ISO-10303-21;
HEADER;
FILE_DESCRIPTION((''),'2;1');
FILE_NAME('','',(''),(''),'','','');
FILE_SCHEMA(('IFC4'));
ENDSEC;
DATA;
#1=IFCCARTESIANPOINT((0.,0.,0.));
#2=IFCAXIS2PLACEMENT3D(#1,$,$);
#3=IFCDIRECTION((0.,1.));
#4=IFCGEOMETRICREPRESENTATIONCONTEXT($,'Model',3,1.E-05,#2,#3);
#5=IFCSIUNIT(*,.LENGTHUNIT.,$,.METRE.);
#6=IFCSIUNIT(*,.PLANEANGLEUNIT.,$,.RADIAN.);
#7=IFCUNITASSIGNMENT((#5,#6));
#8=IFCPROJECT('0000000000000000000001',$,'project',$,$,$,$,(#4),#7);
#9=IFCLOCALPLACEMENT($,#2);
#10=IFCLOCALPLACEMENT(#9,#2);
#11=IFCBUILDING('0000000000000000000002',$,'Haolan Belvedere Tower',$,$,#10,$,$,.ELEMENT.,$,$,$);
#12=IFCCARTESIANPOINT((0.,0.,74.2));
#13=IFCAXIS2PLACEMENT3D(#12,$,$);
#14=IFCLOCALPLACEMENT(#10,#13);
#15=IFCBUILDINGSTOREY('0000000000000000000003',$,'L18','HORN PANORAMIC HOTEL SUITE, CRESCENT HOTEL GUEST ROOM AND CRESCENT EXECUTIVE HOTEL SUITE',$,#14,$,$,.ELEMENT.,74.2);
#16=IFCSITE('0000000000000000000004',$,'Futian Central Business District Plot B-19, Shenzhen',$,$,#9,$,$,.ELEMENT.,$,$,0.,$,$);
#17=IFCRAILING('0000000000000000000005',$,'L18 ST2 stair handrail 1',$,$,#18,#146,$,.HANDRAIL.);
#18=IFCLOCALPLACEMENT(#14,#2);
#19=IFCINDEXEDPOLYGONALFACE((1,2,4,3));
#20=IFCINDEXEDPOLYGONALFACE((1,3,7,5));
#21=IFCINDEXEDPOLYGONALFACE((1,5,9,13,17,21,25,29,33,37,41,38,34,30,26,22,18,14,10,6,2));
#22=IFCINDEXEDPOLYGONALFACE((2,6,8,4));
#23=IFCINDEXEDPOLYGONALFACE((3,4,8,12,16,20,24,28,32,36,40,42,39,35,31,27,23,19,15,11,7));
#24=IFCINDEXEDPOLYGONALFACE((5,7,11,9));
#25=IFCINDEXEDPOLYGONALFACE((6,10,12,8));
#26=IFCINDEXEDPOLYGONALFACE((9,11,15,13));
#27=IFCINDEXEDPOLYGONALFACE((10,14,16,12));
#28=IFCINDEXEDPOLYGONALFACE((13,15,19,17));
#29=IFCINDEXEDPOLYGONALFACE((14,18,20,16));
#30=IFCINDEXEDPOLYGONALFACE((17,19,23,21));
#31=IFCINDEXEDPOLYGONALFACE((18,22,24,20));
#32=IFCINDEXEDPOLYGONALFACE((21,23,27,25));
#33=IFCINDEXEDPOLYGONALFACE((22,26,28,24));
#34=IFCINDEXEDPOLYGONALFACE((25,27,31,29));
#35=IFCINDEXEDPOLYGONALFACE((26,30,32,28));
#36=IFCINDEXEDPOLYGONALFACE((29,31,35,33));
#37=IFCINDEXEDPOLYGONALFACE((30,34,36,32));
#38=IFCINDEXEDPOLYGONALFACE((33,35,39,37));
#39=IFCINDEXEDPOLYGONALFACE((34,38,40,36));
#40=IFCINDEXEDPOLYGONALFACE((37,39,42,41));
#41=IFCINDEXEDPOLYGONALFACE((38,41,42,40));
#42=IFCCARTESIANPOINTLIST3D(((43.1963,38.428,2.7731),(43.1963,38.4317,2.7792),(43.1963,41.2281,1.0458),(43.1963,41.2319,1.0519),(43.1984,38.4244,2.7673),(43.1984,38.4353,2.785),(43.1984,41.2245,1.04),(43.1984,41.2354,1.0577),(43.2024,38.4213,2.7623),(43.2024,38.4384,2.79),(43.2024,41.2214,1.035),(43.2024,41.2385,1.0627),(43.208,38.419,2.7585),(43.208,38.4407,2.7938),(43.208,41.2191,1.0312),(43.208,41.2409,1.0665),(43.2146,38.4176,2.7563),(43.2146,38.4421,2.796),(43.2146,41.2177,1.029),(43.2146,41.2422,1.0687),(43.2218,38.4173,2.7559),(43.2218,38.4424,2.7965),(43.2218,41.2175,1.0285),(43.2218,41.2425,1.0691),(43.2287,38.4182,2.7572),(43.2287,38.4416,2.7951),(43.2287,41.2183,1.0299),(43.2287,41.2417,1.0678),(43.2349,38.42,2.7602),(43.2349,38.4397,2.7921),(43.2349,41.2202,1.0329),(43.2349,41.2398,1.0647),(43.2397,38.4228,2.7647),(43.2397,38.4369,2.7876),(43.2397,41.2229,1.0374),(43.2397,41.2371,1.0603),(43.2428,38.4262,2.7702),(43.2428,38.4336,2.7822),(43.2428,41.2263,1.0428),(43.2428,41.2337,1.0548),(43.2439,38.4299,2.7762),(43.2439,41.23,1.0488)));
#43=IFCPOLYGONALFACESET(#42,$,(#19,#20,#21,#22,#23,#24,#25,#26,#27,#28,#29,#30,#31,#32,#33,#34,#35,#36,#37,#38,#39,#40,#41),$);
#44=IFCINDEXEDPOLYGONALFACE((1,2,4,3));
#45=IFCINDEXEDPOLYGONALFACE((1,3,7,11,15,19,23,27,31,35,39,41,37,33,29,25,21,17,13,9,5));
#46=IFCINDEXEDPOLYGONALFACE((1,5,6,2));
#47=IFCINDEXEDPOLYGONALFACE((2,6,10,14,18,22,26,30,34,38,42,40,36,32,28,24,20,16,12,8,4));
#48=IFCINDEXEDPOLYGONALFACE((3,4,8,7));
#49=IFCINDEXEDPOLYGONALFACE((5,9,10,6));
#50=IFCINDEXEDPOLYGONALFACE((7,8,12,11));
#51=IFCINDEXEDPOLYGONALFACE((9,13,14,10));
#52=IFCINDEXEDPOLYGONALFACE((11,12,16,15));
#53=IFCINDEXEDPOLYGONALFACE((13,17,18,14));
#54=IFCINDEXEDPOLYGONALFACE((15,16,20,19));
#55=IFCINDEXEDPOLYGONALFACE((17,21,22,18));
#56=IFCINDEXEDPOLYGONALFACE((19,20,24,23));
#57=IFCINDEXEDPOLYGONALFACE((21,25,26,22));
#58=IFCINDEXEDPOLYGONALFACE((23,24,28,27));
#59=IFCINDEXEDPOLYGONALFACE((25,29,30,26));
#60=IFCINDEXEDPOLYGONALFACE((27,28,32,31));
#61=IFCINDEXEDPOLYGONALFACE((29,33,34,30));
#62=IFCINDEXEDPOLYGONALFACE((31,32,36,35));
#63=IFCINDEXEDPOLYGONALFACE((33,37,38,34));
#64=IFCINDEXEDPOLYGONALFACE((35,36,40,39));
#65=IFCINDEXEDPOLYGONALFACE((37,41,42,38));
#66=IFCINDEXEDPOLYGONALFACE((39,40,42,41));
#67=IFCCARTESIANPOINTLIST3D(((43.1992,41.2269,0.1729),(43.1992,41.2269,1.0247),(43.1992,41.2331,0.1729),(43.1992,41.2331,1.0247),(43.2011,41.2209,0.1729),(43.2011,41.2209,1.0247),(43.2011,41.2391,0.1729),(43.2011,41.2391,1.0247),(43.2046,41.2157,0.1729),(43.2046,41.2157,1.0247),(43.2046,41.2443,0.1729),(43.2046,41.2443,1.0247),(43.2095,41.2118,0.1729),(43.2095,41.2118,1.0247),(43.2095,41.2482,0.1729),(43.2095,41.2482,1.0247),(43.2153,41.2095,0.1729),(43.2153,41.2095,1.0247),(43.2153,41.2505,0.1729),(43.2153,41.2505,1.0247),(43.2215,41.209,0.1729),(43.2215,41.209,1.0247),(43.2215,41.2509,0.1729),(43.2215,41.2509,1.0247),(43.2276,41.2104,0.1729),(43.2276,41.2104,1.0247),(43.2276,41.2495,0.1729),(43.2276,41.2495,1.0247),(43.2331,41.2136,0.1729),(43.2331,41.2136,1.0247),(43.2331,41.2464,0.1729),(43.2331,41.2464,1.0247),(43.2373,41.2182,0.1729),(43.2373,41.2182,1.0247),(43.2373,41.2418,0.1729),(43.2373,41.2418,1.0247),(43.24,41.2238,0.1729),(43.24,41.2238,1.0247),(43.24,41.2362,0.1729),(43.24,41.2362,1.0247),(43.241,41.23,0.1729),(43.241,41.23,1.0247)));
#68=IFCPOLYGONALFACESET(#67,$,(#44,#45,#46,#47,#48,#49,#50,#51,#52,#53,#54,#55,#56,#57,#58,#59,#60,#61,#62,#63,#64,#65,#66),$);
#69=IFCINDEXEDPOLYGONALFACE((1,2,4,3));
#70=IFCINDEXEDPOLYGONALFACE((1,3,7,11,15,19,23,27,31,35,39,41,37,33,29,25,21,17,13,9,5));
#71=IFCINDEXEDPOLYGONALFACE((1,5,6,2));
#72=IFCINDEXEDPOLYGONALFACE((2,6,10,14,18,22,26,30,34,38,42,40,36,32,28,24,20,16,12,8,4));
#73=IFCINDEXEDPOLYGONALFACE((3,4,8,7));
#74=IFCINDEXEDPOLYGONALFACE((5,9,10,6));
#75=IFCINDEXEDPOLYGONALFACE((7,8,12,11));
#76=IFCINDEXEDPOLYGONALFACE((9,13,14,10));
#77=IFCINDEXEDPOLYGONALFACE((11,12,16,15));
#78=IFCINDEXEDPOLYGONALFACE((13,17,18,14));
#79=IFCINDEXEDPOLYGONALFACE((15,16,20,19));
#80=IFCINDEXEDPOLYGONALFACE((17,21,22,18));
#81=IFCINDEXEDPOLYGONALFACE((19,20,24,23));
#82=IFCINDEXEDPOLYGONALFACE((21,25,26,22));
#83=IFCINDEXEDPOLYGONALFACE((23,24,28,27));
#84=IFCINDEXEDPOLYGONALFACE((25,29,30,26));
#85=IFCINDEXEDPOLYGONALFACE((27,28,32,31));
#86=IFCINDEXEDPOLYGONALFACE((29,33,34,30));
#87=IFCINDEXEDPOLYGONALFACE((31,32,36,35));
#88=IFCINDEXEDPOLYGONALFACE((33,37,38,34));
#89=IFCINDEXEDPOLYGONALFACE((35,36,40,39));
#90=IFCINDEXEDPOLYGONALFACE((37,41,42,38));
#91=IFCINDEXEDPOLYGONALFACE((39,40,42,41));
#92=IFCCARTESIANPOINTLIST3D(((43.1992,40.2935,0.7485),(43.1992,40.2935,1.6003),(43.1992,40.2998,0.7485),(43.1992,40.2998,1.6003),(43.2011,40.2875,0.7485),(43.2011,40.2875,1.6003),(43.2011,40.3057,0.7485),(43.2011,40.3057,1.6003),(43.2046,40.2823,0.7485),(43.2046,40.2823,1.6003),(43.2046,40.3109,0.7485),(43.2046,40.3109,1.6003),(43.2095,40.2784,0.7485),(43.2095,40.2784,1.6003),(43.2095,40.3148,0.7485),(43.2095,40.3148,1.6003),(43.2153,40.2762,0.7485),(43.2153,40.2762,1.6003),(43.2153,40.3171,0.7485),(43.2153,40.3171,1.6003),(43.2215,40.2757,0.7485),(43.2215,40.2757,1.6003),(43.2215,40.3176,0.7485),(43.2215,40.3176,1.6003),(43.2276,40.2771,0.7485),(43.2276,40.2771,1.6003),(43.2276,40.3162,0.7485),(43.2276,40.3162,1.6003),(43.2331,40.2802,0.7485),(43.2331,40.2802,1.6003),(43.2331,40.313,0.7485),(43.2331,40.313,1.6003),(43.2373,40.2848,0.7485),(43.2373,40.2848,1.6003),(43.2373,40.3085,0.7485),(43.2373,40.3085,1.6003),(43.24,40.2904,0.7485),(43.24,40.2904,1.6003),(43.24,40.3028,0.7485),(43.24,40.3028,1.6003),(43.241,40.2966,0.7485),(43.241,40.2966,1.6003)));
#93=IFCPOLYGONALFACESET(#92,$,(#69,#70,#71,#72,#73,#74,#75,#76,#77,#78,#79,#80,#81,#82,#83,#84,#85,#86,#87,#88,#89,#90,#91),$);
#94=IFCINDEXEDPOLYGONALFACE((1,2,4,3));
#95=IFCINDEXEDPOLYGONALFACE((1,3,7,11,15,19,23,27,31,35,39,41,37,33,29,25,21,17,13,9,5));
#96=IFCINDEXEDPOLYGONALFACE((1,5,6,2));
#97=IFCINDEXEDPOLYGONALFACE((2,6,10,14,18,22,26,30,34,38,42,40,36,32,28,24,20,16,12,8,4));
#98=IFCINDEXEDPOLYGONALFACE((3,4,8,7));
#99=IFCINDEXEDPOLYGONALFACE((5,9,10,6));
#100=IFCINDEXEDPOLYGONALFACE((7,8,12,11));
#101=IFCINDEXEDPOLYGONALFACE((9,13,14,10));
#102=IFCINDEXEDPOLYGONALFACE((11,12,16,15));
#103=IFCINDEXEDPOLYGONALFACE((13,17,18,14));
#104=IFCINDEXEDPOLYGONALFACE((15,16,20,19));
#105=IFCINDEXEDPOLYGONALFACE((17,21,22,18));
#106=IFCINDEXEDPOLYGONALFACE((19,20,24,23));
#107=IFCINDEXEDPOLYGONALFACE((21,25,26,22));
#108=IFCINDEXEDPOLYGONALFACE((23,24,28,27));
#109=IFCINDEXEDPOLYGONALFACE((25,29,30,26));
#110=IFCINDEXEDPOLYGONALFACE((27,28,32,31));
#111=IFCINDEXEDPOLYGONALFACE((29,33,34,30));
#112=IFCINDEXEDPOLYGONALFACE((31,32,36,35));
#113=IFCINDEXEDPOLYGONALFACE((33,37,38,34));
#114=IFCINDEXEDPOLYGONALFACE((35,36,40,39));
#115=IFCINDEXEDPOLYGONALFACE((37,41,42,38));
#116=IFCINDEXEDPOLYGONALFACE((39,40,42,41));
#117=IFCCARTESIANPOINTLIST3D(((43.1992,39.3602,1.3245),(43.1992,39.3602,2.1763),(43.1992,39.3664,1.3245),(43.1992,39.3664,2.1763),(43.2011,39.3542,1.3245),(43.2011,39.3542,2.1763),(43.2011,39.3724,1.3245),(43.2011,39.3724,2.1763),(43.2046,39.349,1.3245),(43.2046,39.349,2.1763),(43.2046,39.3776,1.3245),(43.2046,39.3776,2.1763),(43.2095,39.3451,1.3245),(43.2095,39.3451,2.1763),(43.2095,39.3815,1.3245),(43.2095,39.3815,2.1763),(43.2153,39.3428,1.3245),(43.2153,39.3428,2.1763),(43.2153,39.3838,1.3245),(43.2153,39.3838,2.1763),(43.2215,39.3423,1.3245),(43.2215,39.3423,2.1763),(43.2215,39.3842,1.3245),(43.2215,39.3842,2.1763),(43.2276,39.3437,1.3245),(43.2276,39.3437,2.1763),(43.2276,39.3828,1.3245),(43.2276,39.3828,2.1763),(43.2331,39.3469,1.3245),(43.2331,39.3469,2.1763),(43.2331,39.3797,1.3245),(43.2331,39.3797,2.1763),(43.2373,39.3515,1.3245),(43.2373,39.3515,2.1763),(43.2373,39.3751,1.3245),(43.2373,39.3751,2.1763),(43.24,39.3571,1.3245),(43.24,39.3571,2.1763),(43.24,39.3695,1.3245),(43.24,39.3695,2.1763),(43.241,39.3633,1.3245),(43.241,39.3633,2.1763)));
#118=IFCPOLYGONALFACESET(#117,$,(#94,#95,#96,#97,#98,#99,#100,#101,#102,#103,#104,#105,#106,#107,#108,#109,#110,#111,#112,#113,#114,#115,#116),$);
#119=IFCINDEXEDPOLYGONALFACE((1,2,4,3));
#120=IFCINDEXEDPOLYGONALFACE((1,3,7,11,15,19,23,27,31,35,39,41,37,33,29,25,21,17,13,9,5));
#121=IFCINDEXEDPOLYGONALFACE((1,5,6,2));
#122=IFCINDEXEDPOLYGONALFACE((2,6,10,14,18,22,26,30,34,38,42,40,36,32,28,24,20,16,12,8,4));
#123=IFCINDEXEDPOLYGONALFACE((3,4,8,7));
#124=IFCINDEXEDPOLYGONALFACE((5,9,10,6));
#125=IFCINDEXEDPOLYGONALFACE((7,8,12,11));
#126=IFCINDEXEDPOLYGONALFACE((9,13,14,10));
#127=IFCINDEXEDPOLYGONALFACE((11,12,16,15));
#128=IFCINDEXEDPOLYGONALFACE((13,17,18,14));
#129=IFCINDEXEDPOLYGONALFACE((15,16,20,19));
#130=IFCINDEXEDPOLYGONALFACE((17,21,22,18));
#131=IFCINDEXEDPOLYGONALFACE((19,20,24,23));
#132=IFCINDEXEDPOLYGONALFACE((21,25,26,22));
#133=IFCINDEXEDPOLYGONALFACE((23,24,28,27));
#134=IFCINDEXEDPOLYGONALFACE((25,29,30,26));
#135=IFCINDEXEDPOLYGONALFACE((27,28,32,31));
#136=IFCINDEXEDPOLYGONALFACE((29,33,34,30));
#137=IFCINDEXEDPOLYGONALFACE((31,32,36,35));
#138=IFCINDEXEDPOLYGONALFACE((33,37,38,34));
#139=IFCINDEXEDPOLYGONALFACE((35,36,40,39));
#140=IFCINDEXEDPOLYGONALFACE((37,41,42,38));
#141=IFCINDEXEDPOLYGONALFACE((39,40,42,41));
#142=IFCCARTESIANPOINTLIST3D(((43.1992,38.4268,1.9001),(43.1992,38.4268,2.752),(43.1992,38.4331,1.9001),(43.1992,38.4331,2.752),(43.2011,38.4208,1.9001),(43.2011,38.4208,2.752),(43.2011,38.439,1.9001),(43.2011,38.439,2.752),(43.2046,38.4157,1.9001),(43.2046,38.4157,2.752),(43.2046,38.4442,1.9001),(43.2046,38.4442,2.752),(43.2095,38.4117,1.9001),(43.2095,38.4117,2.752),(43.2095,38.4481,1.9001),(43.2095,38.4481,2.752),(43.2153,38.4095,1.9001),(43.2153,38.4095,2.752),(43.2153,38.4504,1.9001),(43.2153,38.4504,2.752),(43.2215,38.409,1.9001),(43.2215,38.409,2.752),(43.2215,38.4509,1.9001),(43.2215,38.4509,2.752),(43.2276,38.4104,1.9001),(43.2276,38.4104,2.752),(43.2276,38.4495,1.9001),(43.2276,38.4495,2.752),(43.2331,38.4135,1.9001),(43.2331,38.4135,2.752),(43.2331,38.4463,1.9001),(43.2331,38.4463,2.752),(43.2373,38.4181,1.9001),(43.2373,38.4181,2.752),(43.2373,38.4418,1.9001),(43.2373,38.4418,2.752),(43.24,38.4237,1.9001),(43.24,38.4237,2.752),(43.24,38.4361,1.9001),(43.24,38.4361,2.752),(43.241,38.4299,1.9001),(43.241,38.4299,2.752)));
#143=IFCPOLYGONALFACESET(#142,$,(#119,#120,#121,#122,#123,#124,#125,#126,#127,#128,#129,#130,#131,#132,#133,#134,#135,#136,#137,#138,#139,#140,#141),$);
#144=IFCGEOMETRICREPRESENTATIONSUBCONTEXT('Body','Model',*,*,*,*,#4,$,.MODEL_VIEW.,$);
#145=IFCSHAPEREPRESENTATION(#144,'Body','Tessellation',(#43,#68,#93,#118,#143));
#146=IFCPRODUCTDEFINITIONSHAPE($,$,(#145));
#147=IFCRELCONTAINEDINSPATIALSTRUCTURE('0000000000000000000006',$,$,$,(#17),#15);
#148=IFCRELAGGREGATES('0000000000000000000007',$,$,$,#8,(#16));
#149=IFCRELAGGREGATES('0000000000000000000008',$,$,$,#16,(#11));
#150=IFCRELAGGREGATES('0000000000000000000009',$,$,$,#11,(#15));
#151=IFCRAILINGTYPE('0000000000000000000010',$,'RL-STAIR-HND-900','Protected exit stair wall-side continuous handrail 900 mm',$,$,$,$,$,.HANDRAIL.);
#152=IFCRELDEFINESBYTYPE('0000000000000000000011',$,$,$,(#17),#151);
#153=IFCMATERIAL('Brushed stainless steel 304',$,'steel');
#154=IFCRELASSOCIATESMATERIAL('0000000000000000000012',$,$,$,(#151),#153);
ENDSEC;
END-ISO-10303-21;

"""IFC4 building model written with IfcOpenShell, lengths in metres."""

from ifc_helpers import new_model, si_unit, direction, frame, origin, origin_2d, place, context, subcontext, project, spatial, circle, extrude, material, type_object, element, save


model = new_model("IFC4")

# Units and contexts
model_context = context("Model", 3, precision=1e-05, world=origin(), true_north=direction((0.0, 1.0)))
body_context = subcontext(model_context, "Body", "Model", "MODEL_VIEW")
ifc_project = project(units=[si_unit("LENGTHUNIT", "METRE"), si_unit("PLANEANGLEUNIT", "RADIAN")], contexts=[model_context])

# Site, building, storey
site_placement = place(None, origin())
site = spatial("IfcSite", under=ifc_project, at=site_placement, Name="Futian Central Business District Plot B-19, Shenzhen", CompositionType="ELEMENT", RefElevation=0.0)
building_placement = place(site_placement, origin())
building = spatial("IfcBuilding", under=site, at=building_placement, Name="Haolan Belvedere Tower", CompositionType="ELEMENT")
storey_placement = place(building_placement, frame((0.0, 0.0, 74.2)))
storey = spatial("IfcBuildingStorey", under=building, at=storey_placement, Name="L18", Description="HORN PANORAMIC HOTEL SUITE, CRESCENT HOTEL GUEST ROOM AND CRESCENT EXECUTIVE HOTEL SUITE", CompositionType="ELEMENT", Elevation=74.2)

# Railing
ifc_material_1 = material(Name="Brushed stainless steel 304", Category="steel")
railing_type_1 = type_object("IfcRailingType", Name="RL-STAIR-HND-900", Description="Protected exit stair wall-side continuous handrail 900 mm", PredefinedType="HANDRAIL", material=ifc_material_1)
railing_1_placement = place(storey_placement, frame((43.22, 41.23, 0.1729)))
element("IfcRailing", 1, at=railing_1_placement, inside=storey, type_object=railing_type_1, Name="L18 ST2 stair handrail 1", PredefinedType="HANDRAIL", context=body_context, shape_type="SweptSolid", body=[
    extrude(circle(Radius=0.0239, at=origin_2d()), frame((0.0, 0.0, 0.876), z_axis=(0.0, -0.85109, 0.52502), x_axis=(1.0, 0.0, 0.0)), (0.0, 0.0, 1.0), 3.29),
    extrude(circle(Radius=0.021, at=origin_2d()), origin(), (0.0, 0.0, 1.0), 0.8518),
    extrude(circle(Radius=0.021, at=origin_2d()), frame((0.0, -0.9333, 0.5757)), (0.0, 0.0, 1.0), 0.8518),
    extrude(circle(Radius=0.021, at=origin_2d()), frame((0.0, -1.8667, 1.1516)), (0.0, 0.0, 1.0), 0.8518),
    extrude(circle(Radius=0.021, at=origin_2d()), frame((0.0, -2.8, 1.7273)), (0.0, 0.0, 1.0), 0.8518),
])

save(model, "model.ifc")
